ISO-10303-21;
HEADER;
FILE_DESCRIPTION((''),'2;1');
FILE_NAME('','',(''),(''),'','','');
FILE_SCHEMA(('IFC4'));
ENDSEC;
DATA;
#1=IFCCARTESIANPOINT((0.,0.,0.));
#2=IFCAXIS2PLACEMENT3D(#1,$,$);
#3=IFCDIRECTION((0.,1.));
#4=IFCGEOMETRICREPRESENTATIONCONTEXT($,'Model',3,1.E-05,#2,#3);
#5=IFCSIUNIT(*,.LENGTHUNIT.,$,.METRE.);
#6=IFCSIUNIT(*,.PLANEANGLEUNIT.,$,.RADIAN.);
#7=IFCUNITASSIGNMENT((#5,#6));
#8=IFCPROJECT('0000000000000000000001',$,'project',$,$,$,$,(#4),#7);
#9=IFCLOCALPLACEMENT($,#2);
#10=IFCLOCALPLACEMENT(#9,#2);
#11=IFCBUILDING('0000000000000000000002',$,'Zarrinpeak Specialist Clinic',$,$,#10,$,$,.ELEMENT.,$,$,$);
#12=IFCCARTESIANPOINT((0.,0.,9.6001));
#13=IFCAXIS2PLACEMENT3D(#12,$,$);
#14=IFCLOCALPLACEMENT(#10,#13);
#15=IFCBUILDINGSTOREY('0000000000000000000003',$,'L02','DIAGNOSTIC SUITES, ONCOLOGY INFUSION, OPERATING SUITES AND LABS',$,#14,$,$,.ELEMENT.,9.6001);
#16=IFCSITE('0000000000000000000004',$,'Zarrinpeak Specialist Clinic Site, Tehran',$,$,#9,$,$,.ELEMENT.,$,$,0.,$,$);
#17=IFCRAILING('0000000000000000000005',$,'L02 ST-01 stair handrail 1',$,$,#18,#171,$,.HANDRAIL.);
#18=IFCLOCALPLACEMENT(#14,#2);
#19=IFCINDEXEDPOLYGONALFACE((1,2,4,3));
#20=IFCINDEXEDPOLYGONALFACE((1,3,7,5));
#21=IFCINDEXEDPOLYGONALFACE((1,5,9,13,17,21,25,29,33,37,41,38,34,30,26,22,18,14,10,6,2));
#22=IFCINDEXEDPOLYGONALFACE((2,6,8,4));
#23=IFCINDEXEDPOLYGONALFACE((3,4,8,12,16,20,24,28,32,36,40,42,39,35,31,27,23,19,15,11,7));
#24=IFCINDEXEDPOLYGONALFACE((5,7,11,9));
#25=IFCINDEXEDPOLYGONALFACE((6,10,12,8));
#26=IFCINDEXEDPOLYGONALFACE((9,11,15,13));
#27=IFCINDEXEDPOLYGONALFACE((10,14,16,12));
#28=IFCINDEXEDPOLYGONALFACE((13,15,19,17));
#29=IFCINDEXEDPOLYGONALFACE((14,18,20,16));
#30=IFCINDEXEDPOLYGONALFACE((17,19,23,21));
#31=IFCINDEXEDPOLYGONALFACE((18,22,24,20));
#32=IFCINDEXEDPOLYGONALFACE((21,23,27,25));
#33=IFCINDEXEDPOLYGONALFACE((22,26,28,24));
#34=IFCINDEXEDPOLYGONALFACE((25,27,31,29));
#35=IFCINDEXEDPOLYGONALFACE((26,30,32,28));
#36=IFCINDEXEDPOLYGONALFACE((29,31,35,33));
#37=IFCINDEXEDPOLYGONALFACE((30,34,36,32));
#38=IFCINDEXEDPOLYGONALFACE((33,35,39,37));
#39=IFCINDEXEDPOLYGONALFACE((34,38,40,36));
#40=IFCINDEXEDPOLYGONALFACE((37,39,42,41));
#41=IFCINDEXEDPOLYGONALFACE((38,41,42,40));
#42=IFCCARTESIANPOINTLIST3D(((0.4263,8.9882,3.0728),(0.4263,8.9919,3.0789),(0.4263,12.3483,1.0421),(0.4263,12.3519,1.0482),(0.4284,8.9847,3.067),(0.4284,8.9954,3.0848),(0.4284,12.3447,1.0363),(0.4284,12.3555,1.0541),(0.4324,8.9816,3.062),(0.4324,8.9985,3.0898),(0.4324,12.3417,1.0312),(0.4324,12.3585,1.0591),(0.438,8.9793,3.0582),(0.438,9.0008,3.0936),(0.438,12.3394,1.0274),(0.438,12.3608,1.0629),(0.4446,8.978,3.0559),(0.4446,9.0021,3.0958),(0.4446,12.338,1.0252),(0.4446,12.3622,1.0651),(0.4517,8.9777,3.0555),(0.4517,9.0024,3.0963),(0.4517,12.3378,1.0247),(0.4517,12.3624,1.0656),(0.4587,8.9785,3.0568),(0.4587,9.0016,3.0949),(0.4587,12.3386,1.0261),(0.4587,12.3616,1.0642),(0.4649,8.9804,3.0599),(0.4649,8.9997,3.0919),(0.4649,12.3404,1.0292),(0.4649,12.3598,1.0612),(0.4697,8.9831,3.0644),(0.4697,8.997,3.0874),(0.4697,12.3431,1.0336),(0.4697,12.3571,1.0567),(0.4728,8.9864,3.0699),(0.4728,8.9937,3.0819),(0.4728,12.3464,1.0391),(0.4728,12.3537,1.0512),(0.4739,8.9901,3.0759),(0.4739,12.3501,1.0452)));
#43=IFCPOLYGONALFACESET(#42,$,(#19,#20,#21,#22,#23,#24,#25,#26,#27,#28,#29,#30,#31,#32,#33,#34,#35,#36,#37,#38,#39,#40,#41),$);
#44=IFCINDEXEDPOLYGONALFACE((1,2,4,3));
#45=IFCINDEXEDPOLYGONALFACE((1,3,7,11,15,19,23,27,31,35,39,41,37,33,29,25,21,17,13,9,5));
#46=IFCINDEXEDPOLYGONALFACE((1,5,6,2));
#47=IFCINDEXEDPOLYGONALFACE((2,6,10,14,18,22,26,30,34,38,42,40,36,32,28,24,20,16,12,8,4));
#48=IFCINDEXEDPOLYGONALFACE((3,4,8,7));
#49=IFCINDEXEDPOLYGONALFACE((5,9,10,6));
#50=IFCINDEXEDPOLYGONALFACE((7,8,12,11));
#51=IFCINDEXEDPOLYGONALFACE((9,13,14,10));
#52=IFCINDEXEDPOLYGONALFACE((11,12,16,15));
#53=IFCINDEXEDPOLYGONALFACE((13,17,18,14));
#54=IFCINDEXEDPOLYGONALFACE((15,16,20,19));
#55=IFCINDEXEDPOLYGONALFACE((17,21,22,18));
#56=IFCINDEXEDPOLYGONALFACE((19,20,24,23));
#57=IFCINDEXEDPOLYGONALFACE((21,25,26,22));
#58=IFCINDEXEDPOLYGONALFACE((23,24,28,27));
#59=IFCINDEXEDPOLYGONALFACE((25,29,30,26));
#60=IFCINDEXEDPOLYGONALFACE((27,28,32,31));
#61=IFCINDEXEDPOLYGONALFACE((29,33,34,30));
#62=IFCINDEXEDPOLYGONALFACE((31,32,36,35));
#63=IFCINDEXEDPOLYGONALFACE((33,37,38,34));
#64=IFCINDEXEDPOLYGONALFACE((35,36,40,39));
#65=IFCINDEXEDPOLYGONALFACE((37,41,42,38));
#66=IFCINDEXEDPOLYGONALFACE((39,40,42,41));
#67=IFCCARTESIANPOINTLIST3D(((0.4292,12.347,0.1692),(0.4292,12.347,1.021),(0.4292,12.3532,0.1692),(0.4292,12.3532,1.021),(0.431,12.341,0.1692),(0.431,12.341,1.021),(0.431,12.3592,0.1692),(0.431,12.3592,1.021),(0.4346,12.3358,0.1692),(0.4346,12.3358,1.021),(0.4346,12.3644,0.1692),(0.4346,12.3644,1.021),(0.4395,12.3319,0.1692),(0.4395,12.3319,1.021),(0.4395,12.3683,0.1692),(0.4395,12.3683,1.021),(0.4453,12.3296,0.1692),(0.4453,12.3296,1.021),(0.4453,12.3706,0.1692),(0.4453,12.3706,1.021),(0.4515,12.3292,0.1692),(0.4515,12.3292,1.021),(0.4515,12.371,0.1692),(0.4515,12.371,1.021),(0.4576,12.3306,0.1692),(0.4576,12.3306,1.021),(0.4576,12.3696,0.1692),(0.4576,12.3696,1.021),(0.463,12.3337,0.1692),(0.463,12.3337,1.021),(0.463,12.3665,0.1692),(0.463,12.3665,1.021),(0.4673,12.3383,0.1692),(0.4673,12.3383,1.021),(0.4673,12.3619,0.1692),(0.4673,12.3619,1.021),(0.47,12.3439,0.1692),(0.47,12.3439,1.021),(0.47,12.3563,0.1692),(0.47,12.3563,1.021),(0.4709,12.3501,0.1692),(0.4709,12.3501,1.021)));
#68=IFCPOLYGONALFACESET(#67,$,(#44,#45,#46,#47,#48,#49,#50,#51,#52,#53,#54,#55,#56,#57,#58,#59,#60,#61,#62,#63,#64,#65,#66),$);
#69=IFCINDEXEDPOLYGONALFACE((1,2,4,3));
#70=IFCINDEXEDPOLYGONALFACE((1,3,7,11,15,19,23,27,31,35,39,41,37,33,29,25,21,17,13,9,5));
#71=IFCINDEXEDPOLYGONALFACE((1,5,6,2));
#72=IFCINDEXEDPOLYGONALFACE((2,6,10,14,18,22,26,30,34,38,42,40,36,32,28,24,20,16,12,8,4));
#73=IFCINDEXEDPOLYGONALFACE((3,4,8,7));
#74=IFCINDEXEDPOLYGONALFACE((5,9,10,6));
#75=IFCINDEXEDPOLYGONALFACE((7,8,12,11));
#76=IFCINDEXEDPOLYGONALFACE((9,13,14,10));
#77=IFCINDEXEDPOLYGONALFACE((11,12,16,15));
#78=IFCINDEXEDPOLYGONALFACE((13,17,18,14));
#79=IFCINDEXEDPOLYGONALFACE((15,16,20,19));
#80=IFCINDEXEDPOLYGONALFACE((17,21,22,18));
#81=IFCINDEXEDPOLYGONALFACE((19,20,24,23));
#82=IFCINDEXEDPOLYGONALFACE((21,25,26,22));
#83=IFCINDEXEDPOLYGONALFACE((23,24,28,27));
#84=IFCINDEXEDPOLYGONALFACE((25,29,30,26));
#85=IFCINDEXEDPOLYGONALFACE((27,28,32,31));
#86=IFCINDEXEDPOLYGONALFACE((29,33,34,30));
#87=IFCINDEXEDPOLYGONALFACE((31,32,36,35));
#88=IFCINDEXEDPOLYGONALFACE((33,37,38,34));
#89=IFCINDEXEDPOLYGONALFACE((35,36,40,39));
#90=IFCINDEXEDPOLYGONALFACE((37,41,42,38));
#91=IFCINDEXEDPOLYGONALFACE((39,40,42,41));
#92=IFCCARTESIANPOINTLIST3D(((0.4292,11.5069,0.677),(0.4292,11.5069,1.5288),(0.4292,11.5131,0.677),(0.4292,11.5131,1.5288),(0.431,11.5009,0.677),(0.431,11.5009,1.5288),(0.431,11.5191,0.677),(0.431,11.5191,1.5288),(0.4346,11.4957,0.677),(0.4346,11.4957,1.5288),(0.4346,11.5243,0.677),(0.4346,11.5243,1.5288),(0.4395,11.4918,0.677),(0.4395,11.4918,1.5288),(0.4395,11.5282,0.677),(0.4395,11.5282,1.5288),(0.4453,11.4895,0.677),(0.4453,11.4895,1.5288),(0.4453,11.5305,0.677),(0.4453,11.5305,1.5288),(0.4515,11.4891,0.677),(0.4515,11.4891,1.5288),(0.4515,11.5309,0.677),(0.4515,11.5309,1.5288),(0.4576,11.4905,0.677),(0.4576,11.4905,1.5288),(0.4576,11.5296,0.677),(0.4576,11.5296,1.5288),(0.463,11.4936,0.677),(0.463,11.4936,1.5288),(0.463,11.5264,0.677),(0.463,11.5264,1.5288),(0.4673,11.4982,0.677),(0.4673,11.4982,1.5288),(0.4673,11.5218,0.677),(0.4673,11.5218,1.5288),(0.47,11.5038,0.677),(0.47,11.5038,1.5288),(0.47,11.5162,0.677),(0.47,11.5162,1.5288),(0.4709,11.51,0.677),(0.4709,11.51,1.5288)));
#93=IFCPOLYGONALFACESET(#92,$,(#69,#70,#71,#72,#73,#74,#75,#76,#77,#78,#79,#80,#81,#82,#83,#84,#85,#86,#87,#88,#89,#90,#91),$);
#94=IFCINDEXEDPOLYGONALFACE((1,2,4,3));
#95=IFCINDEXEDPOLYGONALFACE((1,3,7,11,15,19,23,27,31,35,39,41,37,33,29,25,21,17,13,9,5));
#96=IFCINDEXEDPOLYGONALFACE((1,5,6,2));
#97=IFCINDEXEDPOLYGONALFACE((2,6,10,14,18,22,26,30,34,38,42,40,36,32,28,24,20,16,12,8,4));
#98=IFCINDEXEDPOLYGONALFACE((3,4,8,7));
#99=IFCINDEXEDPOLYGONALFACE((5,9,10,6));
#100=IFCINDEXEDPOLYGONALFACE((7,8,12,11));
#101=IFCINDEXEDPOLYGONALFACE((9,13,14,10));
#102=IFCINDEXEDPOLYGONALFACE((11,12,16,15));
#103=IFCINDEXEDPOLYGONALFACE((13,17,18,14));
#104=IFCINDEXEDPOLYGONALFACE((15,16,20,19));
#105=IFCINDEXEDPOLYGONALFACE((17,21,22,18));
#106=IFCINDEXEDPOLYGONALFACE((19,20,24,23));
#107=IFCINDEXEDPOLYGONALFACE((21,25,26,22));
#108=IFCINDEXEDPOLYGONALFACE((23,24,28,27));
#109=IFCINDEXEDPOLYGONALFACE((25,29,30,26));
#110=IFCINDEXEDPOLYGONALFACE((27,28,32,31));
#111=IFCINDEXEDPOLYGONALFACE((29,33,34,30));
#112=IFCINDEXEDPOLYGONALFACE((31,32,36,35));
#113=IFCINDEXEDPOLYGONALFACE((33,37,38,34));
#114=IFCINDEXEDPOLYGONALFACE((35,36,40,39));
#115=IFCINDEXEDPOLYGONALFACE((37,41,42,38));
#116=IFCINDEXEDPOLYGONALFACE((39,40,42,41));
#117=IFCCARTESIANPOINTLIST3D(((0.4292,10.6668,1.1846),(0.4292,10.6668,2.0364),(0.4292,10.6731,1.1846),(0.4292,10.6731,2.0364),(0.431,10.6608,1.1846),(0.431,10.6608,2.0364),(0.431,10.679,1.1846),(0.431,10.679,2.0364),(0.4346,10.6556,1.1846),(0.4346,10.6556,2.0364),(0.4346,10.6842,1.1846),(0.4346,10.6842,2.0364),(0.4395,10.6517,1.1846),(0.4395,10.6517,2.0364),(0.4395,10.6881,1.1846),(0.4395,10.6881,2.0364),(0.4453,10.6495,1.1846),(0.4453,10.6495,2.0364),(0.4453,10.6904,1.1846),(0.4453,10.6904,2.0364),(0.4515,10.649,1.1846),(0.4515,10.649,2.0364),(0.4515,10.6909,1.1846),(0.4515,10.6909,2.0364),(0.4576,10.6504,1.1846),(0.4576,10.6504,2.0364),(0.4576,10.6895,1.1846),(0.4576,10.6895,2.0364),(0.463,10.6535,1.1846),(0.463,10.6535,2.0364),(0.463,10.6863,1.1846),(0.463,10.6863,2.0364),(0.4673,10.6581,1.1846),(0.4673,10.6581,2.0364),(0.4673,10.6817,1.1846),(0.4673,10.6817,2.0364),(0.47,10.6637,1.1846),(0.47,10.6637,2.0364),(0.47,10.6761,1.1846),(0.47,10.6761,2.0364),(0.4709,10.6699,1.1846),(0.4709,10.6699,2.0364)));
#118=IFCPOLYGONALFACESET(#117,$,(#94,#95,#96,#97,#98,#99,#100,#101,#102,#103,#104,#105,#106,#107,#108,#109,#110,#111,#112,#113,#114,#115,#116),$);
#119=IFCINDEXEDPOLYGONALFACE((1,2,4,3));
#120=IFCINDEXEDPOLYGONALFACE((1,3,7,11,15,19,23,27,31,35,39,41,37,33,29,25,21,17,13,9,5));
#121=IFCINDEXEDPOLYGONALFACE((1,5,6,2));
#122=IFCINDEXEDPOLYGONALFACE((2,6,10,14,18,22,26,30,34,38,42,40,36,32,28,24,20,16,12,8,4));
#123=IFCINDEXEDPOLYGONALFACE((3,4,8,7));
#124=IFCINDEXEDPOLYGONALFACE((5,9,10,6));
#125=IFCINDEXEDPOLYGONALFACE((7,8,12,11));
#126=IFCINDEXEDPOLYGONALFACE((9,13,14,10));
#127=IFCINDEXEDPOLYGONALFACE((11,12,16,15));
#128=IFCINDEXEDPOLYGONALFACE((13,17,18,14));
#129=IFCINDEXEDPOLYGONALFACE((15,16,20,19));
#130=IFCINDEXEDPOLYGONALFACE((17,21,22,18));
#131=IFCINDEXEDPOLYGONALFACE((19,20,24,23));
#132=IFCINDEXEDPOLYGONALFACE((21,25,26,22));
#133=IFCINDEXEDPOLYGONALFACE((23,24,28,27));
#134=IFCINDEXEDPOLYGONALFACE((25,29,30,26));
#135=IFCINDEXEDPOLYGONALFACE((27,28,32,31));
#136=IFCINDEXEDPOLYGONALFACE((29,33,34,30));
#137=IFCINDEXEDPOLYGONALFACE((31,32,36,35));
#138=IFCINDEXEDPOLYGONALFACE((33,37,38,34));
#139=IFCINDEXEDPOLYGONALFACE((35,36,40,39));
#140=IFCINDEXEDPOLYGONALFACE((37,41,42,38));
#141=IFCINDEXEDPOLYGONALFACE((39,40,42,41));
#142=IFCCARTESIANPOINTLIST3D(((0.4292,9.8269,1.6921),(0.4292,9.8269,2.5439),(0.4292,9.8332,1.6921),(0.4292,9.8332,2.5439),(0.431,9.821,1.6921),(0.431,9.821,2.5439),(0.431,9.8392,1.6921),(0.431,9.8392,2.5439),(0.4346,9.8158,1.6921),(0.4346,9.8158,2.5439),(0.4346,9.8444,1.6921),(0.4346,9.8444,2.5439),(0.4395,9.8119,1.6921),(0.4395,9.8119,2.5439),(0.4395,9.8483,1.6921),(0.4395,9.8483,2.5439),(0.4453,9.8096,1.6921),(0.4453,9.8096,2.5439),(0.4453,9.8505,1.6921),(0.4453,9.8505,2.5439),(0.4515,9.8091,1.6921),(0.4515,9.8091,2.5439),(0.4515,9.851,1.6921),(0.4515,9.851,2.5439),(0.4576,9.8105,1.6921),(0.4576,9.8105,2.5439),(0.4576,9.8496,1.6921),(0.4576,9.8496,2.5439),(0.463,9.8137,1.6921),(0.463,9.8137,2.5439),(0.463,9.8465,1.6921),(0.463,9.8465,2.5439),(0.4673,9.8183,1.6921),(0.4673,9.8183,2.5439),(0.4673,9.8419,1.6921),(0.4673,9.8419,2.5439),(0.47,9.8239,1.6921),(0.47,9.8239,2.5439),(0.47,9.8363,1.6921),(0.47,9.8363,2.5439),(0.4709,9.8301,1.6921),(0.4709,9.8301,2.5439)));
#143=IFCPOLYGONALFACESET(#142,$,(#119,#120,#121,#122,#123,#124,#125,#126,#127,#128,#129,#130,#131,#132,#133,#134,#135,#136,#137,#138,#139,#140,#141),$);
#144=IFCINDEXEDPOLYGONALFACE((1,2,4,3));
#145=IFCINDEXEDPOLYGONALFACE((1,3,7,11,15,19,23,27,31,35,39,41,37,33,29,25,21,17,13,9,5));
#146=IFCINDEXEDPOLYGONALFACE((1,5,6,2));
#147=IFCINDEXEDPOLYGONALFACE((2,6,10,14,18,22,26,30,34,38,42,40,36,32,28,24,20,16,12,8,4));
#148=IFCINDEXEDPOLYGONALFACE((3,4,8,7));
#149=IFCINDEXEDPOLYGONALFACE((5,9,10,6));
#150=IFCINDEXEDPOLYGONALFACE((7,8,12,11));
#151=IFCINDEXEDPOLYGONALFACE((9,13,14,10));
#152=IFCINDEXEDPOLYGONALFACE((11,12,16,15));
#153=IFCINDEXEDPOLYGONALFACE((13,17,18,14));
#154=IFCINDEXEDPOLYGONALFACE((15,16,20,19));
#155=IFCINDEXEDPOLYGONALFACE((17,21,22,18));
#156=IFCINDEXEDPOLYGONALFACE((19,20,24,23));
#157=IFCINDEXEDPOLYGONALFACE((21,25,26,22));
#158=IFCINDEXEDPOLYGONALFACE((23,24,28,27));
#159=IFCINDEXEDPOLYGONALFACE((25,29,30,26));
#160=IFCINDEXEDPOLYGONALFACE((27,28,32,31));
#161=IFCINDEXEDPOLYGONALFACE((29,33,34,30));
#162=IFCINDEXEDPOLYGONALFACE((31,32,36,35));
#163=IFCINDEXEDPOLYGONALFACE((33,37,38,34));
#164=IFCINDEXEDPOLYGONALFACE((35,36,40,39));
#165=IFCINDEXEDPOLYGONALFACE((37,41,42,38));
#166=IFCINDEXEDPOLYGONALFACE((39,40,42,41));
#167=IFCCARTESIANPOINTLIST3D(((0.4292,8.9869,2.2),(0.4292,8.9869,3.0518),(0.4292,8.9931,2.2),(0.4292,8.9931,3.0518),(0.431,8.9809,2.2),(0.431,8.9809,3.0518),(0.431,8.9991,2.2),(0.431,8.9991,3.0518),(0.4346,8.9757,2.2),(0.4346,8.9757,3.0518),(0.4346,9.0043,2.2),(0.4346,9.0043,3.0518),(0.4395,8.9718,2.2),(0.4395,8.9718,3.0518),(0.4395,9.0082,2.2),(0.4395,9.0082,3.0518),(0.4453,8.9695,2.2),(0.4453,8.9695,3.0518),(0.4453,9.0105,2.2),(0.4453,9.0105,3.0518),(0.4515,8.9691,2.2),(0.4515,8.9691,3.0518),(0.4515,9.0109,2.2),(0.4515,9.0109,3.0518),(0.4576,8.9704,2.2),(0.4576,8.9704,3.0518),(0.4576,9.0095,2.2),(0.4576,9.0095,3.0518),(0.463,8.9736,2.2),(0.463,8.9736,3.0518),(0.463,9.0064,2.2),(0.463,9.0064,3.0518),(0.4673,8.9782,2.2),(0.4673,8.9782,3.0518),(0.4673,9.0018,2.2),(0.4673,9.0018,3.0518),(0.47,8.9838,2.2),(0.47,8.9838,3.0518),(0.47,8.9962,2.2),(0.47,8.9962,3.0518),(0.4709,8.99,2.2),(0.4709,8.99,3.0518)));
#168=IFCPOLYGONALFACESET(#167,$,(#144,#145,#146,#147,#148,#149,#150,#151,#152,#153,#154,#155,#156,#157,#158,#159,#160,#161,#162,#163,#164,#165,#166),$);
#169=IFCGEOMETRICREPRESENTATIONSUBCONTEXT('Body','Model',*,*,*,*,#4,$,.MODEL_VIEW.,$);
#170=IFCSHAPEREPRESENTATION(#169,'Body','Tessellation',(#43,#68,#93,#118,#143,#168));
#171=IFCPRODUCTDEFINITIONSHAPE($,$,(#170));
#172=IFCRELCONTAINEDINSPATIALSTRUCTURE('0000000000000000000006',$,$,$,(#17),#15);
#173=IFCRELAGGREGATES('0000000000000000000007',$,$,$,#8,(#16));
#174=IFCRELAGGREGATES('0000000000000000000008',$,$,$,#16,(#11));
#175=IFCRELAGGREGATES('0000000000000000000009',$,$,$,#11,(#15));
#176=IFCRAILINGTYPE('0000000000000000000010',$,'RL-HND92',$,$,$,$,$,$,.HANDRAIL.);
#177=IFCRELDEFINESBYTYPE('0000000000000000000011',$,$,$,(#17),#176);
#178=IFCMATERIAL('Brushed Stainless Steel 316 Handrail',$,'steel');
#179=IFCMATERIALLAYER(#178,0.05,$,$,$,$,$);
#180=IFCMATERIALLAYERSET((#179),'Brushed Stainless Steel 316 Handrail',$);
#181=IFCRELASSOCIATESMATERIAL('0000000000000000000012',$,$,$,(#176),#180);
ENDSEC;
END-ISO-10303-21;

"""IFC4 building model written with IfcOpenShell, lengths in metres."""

from ifc_helpers import new_model, si_unit, direction, frame, origin, origin_2d, place, context, subcontext, project, spatial, circle, extrude, material, layer, layer_set, type_object, element, save


model = new_model("IFC4")

# Units and contexts
model_context = context("Model", 3, precision=1e-05, world=origin(), true_north=direction((0.0, 1.0)))
body_context = subcontext(model_context, "Body", "Model", "MODEL_VIEW")
ifc_project = project(units=[si_unit("LENGTHUNIT", "METRE"), si_unit("PLANEANGLEUNIT", "RADIAN")], contexts=[model_context])

# Site, building, storey
site_placement = place(None, origin())
site = spatial("IfcSite", under=ifc_project, at=site_placement, Name="Zarrinpeak Specialist Clinic Site, Tehran", CompositionType="ELEMENT", RefElevation=0.0)
building_placement = place(site_placement, origin())
building = spatial("IfcBuilding", under=site, at=building_placement, Name="Zarrinpeak Specialist Clinic", CompositionType="ELEMENT")
storey_placement = place(building_placement, frame((0.0, 0.0, 9.6001)))
storey = spatial("IfcBuildingStorey", under=building, at=storey_placement, Name="L02", Description="DIAGNOSTIC SUITES, ONCOLOGY INFUSION, OPERATING SUITES AND LABS", CompositionType="ELEMENT", Elevation=9.6001)

# Railing
ifc_material_1 = material(Name="Brushed Stainless Steel 316 Handrail", Category="steel")
ifc_layer_1 = layer(ifc_material_1, 0.05)
ifc_layer_set_1 = layer_set([ifc_layer_1], Name="Brushed Stainless Steel 316 Handrail")
railing_type = type_object("IfcRailingType", Name="RL-HND92", PredefinedType="HANDRAIL", material=ifc_layer_set_1)
railing_placement = place(storey_placement, frame((0.45, 12.3501, 0.1692)))
element("IfcRailing", 1, at=railing_placement, inside=storey, type_object=railing_type, Name="L02 ST-01 stair handrail 1", PredefinedType="HANDRAIL", context=body_context, shape_type="SweptSolid", body=[
    extrude(circle(Radius=0.0239, at=origin_2d()), frame((0.0, 0.0, 0.876), z_axis=(0.0, -0.855837, 0.517246), x_axis=(1.0, 0.0, 0.0)), (0.0, 0.0, 1.0), 3.926),
    extrude(circle(Radius=0.021, at=origin_2d()), origin(), (0.0, 0.0, 1.0), 0.8518),
    extrude(circle(Radius=0.021, at=origin_2d()), frame((0.0, -0.8401, 0.5078)), (0.0, 0.0, 1.0), 0.8518),
    extrude(circle(Radius=0.021, at=origin_2d()), frame((0.0, -1.6802, 1.0154)), (0.0, 0.0, 1.0), 0.8518),
    extrude(circle(Radius=0.021, at=origin_2d()), frame((0.0, -2.52, 1.5229)), (0.0, 0.0, 1.0), 0.8518),
    extrude(circle(Radius=0.021, at=origin_2d()), frame((0.0, -3.3601, 2.0308)), (0.0, 0.0, 1.0), 0.8518),
])

save(model, "model.ifc")
